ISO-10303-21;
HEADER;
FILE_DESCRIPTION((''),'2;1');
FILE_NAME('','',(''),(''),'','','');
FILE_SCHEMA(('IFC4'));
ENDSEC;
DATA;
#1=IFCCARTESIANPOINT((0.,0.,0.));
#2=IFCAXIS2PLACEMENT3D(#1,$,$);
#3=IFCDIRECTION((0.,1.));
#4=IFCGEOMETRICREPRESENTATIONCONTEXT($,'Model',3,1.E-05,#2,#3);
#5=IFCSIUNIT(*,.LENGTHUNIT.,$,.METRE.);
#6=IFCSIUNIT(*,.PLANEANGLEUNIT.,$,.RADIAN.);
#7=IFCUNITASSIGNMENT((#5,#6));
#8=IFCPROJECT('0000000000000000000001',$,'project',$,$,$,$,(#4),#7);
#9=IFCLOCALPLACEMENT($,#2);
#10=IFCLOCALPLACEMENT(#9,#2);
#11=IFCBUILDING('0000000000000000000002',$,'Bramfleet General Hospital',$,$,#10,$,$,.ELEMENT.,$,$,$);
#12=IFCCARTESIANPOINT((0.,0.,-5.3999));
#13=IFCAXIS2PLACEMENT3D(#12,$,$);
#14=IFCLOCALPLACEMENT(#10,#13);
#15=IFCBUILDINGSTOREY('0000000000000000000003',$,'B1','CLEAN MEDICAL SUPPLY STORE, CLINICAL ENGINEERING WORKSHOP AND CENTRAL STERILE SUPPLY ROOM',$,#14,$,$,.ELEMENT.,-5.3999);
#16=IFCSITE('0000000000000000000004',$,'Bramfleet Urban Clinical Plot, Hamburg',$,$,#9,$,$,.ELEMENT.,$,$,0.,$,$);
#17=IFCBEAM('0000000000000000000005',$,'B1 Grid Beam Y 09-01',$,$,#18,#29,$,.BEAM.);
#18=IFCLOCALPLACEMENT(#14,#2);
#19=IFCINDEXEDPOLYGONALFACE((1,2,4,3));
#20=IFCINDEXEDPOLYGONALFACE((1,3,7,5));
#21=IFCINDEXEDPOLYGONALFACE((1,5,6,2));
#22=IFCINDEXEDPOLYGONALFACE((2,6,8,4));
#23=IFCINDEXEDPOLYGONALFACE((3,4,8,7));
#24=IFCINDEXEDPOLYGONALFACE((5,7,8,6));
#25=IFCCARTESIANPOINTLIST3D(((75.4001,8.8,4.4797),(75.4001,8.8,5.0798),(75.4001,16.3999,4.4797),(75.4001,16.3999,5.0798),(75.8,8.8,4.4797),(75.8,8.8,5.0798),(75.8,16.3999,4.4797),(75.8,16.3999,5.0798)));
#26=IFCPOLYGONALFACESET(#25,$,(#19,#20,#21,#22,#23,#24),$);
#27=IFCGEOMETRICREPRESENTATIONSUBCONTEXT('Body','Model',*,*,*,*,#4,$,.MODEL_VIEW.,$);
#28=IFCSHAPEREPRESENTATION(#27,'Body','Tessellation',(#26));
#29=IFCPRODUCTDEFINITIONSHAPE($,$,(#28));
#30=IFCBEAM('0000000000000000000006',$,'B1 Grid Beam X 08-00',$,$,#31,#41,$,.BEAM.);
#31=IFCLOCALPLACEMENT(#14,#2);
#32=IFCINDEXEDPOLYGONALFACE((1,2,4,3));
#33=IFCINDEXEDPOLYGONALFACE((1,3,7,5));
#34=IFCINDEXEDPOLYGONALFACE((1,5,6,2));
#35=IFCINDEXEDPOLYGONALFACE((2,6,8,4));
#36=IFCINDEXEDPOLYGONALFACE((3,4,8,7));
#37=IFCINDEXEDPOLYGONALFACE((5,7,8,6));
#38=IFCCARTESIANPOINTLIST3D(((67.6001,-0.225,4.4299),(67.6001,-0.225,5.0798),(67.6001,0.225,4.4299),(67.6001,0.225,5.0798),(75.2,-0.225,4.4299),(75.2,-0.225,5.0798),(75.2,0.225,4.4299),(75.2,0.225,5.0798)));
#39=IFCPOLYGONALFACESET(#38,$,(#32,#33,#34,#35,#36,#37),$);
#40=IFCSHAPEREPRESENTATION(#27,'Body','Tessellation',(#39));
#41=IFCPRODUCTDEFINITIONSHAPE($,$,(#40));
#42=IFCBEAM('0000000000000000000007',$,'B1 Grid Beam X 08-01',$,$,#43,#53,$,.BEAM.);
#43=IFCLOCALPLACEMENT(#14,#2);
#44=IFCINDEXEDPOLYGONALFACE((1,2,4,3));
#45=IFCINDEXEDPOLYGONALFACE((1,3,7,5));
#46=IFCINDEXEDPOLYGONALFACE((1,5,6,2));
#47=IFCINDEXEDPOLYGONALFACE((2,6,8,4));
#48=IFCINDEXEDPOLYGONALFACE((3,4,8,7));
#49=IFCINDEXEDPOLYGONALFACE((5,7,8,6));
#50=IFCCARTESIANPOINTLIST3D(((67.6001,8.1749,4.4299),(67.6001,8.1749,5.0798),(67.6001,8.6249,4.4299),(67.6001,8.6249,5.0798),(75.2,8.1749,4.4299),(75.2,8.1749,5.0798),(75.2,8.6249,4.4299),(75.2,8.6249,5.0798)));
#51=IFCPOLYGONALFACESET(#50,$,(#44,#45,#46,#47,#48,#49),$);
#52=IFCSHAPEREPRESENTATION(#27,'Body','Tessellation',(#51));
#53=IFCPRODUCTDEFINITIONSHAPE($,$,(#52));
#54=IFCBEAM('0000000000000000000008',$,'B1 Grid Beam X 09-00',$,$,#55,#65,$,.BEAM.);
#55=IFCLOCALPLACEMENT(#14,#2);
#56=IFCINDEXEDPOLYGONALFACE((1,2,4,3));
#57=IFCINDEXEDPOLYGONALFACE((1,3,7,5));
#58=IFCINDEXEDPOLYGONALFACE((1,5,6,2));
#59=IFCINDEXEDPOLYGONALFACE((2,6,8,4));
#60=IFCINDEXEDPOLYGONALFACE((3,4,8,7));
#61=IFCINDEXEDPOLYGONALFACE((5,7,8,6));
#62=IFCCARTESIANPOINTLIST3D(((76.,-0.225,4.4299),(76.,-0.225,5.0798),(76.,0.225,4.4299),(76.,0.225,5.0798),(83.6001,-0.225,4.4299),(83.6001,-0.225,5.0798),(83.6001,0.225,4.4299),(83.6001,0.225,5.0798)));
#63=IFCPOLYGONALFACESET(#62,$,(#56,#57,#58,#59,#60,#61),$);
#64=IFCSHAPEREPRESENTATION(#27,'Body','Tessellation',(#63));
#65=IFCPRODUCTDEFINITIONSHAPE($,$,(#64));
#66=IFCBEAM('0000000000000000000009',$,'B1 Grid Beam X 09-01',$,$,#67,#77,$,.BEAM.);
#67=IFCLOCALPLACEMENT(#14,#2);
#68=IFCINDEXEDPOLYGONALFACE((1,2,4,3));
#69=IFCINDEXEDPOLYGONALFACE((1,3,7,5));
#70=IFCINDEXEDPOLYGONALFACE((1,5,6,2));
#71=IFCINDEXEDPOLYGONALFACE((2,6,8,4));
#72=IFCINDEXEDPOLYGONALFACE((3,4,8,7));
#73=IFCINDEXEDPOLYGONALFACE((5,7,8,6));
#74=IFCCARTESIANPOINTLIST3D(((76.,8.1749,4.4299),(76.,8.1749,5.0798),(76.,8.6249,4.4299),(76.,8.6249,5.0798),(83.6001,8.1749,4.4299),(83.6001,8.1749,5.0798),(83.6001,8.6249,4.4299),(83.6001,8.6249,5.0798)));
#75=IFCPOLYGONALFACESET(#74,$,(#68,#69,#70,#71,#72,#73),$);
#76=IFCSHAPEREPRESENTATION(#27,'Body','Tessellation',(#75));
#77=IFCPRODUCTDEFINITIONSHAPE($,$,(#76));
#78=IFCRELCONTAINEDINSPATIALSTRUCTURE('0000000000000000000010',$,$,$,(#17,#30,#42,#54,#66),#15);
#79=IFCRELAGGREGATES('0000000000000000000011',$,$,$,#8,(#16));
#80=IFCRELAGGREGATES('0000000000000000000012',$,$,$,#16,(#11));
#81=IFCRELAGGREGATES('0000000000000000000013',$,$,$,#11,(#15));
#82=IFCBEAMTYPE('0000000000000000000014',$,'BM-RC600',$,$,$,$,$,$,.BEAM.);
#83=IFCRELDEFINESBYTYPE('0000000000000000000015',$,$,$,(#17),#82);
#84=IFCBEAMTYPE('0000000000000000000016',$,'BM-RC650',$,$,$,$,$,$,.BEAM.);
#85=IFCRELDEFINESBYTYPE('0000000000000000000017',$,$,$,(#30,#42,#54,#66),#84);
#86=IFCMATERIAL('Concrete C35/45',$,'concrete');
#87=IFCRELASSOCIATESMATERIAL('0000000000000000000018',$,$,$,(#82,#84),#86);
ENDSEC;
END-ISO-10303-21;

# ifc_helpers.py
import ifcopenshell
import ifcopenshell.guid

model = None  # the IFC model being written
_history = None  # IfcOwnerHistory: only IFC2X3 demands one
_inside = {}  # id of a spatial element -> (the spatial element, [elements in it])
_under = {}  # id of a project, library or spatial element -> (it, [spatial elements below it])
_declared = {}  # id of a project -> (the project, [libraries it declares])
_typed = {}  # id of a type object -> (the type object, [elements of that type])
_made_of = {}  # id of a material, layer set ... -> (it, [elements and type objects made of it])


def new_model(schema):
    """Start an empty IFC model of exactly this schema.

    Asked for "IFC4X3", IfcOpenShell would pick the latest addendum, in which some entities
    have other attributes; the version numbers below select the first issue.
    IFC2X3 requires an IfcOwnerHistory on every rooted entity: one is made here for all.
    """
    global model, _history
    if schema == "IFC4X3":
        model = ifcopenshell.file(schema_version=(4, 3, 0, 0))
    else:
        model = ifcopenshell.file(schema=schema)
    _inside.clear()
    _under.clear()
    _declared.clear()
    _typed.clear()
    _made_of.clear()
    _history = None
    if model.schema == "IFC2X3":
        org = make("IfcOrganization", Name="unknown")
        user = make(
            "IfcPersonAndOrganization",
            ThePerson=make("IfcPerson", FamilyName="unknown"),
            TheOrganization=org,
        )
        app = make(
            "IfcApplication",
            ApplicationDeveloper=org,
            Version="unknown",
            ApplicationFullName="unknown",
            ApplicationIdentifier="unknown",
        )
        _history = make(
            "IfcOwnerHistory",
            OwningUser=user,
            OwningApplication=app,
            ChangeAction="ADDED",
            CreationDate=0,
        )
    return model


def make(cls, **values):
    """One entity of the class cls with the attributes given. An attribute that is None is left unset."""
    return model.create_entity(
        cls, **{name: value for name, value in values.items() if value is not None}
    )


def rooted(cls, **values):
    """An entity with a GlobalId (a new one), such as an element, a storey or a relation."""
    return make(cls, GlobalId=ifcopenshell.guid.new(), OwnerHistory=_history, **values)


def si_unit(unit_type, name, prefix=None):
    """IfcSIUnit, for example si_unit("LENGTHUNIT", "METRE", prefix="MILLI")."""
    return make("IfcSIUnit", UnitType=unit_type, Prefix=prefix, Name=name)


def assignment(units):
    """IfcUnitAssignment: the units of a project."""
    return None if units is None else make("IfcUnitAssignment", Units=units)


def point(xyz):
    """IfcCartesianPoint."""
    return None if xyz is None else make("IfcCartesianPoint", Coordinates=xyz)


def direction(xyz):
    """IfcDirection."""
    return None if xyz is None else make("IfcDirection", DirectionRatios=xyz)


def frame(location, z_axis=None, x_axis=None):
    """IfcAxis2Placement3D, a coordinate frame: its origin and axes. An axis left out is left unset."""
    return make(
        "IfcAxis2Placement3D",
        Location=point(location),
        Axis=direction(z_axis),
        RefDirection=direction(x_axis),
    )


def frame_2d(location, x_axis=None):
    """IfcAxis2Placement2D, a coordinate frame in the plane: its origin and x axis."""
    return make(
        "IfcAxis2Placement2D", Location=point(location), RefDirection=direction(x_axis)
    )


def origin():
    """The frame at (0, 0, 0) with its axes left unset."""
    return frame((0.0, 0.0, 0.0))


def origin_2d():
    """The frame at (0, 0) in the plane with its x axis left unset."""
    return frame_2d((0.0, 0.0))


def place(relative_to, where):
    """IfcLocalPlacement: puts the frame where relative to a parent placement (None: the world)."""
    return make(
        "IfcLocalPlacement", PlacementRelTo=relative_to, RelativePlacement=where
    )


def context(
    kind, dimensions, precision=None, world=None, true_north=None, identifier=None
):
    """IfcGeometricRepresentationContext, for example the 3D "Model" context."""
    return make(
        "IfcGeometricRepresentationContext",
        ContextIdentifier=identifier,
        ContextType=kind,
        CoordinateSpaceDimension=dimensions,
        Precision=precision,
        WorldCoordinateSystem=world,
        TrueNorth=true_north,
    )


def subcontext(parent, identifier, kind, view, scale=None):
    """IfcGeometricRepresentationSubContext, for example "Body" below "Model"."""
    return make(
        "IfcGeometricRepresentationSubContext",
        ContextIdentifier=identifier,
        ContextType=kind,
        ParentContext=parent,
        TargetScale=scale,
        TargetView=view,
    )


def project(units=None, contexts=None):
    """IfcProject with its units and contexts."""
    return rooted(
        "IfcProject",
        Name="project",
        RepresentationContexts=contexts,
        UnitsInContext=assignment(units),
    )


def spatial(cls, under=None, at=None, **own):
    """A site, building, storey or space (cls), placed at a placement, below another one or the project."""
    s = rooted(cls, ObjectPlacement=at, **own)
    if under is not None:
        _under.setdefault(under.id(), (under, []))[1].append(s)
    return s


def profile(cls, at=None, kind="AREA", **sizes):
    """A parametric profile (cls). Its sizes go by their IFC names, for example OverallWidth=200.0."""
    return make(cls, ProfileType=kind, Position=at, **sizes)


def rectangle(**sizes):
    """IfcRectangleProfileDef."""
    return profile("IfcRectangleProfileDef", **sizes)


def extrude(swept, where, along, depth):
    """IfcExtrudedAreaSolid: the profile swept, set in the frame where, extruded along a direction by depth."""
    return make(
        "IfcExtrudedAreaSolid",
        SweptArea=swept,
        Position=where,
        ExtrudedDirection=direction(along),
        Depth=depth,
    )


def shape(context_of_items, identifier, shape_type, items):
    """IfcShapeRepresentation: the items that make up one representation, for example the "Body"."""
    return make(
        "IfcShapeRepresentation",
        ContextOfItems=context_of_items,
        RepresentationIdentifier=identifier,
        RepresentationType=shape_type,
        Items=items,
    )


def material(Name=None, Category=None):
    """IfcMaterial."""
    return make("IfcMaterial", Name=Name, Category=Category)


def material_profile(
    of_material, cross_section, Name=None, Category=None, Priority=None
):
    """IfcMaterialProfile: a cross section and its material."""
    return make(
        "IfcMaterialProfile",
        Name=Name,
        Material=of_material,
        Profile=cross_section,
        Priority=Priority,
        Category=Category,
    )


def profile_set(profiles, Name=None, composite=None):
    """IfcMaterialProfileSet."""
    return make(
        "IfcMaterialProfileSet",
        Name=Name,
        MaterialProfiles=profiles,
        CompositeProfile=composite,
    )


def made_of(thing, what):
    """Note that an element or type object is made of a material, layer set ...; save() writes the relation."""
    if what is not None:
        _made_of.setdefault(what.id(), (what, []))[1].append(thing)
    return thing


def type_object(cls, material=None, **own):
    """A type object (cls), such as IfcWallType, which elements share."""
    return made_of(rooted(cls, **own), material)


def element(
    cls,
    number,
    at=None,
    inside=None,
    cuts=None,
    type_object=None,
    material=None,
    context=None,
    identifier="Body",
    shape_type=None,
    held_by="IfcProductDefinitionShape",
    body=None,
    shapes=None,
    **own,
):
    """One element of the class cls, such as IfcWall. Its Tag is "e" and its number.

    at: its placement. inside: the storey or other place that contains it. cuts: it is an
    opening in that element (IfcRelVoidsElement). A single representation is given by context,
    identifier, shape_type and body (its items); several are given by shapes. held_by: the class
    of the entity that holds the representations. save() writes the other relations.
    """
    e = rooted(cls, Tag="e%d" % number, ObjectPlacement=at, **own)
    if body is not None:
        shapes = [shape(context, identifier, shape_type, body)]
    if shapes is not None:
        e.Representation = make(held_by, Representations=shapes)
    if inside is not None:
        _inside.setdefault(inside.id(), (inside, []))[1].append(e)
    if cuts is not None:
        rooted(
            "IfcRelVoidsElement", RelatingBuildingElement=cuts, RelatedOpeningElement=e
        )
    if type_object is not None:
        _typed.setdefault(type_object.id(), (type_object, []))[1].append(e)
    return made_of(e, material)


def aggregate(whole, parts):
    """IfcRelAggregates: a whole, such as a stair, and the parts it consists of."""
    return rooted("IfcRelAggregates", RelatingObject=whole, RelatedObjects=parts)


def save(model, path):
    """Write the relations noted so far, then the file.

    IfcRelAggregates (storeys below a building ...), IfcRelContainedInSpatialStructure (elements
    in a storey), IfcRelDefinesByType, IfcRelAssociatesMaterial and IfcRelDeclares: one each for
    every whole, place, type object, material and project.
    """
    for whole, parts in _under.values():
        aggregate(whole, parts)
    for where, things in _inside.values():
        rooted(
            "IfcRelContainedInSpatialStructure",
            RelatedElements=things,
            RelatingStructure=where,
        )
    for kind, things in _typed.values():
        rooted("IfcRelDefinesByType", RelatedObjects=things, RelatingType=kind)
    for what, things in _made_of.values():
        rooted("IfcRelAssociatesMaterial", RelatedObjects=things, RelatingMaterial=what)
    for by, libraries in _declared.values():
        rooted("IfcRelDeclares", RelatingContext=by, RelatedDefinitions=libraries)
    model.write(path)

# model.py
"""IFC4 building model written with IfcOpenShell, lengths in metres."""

from ifc_helpers import new_model, si_unit, direction, frame, origin, origin_2d, place, context, subcontext, project, spatial, rectangle, extrude, material, material_profile, profile_set, type_object, element, save


model = new_model("IFC4")

# Units and contexts
model_context = context("Model", 3, precision=1e-05, world=origin(), true_north=direction((0.0, 1.0)))
body_context = subcontext(model_context, "Body", "Model", "MODEL_VIEW")
ifc_project = project(units=[si_unit("LENGTHUNIT", "METRE"), si_unit("PLANEANGLEUNIT", "RADIAN")], contexts=[model_context])

# Site, building, storey
site_placement = place(None, origin())
site = spatial("IfcSite", under=ifc_project, at=site_placement, Name="Bramfleet Urban Clinical Plot, Hamburg", CompositionType="ELEMENT", RefElevation=0.0)
building_placement = place(site_placement, origin())
building = spatial("IfcBuilding", under=site, at=building_placement, Name="Bramfleet General Hospital", CompositionType="ELEMENT")
storey_placement = place(building_placement, frame((0.0, 0.0, -5.3999)))
storey = spatial("IfcBuildingStorey", under=building, at=storey_placement, Name="B1", Description="CLEAN MEDICAL SUPPLY STORE, CLINICAL ENGINEERING WORKSHOP AND CENTRAL STERILE SUPPLY ROOM", CompositionType="ELEMENT", Elevation=-5.3999)

# Shared definitions
ifc_material_1 = material(Name="Concrete C35/45", Category="concrete")

# Beams
ifc_material_profile_1 = material_profile(ifc_material_1, rectangle(XDim=0.3999, YDim=0.6001, at=origin_2d()), Name="RC BM 600x400")
ifc_profile_set_1 = profile_set([ifc_material_profile_1], Name="Concrete C35/45")
beam_type_1 = type_object("IfcBeamType", Name="BM-RC600", PredefinedType="BEAM", material=ifc_profile_set_1)
beam_1_placement = place(storey_placement, frame((75.6001, 8.8, 4.7798), z_axis=(0.0, 1.0, 0.0), x_axis=(-1.0, 0.0, 0.0)))
element("IfcBeam", 1, at=beam_1_placement, inside=storey, type_object=beam_type_1, Name="B1 Grid Beam Y 09-01", PredefinedType="BEAM", context=body_context, shape_type="SweptSolid", body=[
    extrude(rectangle(XDim=0.3999, YDim=0.6001, at=origin_2d()), origin(), (0.0, 0.0, 1.0), 7.5999),
])
ifc_material_profile_2 = material_profile(ifc_material_1, rectangle(XDim=0.45, YDim=0.6499, at=origin_2d()), Name="RC BM 650x450")
ifc_profile_set_2 = profile_set([ifc_material_profile_2], Name="Concrete C35/45")
beam_type_2 = type_object("IfcBeamType", Name="BM-RC650", PredefinedType="BEAM", material=ifc_profile_set_2)
for number, where, z_axis, x_axis, name in (
    (2, (67.6001, 0.0, 4.7549), (1.0, 0.0, 0.0), (0.0, 1.0, 0.0), "B1 Grid Beam X 08-00"),
    (3, (67.6001, 8.3999, 4.7549), (1.0, 0.0, 0.0), (0.0, 1.0, 0.0), "B1 Grid Beam X 08-01"),
):
    element("IfcBeam", number, at=place(storey_placement, frame(where, z_axis=z_axis, x_axis=x_axis)), inside=storey, type_object=beam_type_2, Name=name, PredefinedType="BEAM", context=body_context, shape_type="SweptSolid", body=[
        extrude(rectangle(XDim=0.45, YDim=0.6499, at=origin_2d()), origin(), (0.0, 0.0, 1.0), 7.5999),
    ])
for number, where, z_axis, x_axis, name in (
    (4, (76.0, 0.0, 4.7549), (1.0, 0.0, 0.0), (0.0, 1.0, 0.0), "B1 Grid Beam X 09-00"),
    (5, (76.0, 8.3999, 4.7549), (1.0, 0.0, 0.0), (0.0, 1.0, 0.0), "B1 Grid Beam X 09-01"),
):
    element("IfcBeam", number, at=place(storey_placement, frame(where, z_axis=z_axis, x_axis=x_axis)), inside=storey, type_object=beam_type_2, Name=name, PredefinedType="BEAM", context=body_context, shape_type="SweptSolid", body=[
        extrude(rectangle(XDim=0.45, YDim=0.6499, at=origin_2d()), origin(), (0.0, 0.0, 1.0), 7.6001),
    ])

save(model, "model.ifc")
